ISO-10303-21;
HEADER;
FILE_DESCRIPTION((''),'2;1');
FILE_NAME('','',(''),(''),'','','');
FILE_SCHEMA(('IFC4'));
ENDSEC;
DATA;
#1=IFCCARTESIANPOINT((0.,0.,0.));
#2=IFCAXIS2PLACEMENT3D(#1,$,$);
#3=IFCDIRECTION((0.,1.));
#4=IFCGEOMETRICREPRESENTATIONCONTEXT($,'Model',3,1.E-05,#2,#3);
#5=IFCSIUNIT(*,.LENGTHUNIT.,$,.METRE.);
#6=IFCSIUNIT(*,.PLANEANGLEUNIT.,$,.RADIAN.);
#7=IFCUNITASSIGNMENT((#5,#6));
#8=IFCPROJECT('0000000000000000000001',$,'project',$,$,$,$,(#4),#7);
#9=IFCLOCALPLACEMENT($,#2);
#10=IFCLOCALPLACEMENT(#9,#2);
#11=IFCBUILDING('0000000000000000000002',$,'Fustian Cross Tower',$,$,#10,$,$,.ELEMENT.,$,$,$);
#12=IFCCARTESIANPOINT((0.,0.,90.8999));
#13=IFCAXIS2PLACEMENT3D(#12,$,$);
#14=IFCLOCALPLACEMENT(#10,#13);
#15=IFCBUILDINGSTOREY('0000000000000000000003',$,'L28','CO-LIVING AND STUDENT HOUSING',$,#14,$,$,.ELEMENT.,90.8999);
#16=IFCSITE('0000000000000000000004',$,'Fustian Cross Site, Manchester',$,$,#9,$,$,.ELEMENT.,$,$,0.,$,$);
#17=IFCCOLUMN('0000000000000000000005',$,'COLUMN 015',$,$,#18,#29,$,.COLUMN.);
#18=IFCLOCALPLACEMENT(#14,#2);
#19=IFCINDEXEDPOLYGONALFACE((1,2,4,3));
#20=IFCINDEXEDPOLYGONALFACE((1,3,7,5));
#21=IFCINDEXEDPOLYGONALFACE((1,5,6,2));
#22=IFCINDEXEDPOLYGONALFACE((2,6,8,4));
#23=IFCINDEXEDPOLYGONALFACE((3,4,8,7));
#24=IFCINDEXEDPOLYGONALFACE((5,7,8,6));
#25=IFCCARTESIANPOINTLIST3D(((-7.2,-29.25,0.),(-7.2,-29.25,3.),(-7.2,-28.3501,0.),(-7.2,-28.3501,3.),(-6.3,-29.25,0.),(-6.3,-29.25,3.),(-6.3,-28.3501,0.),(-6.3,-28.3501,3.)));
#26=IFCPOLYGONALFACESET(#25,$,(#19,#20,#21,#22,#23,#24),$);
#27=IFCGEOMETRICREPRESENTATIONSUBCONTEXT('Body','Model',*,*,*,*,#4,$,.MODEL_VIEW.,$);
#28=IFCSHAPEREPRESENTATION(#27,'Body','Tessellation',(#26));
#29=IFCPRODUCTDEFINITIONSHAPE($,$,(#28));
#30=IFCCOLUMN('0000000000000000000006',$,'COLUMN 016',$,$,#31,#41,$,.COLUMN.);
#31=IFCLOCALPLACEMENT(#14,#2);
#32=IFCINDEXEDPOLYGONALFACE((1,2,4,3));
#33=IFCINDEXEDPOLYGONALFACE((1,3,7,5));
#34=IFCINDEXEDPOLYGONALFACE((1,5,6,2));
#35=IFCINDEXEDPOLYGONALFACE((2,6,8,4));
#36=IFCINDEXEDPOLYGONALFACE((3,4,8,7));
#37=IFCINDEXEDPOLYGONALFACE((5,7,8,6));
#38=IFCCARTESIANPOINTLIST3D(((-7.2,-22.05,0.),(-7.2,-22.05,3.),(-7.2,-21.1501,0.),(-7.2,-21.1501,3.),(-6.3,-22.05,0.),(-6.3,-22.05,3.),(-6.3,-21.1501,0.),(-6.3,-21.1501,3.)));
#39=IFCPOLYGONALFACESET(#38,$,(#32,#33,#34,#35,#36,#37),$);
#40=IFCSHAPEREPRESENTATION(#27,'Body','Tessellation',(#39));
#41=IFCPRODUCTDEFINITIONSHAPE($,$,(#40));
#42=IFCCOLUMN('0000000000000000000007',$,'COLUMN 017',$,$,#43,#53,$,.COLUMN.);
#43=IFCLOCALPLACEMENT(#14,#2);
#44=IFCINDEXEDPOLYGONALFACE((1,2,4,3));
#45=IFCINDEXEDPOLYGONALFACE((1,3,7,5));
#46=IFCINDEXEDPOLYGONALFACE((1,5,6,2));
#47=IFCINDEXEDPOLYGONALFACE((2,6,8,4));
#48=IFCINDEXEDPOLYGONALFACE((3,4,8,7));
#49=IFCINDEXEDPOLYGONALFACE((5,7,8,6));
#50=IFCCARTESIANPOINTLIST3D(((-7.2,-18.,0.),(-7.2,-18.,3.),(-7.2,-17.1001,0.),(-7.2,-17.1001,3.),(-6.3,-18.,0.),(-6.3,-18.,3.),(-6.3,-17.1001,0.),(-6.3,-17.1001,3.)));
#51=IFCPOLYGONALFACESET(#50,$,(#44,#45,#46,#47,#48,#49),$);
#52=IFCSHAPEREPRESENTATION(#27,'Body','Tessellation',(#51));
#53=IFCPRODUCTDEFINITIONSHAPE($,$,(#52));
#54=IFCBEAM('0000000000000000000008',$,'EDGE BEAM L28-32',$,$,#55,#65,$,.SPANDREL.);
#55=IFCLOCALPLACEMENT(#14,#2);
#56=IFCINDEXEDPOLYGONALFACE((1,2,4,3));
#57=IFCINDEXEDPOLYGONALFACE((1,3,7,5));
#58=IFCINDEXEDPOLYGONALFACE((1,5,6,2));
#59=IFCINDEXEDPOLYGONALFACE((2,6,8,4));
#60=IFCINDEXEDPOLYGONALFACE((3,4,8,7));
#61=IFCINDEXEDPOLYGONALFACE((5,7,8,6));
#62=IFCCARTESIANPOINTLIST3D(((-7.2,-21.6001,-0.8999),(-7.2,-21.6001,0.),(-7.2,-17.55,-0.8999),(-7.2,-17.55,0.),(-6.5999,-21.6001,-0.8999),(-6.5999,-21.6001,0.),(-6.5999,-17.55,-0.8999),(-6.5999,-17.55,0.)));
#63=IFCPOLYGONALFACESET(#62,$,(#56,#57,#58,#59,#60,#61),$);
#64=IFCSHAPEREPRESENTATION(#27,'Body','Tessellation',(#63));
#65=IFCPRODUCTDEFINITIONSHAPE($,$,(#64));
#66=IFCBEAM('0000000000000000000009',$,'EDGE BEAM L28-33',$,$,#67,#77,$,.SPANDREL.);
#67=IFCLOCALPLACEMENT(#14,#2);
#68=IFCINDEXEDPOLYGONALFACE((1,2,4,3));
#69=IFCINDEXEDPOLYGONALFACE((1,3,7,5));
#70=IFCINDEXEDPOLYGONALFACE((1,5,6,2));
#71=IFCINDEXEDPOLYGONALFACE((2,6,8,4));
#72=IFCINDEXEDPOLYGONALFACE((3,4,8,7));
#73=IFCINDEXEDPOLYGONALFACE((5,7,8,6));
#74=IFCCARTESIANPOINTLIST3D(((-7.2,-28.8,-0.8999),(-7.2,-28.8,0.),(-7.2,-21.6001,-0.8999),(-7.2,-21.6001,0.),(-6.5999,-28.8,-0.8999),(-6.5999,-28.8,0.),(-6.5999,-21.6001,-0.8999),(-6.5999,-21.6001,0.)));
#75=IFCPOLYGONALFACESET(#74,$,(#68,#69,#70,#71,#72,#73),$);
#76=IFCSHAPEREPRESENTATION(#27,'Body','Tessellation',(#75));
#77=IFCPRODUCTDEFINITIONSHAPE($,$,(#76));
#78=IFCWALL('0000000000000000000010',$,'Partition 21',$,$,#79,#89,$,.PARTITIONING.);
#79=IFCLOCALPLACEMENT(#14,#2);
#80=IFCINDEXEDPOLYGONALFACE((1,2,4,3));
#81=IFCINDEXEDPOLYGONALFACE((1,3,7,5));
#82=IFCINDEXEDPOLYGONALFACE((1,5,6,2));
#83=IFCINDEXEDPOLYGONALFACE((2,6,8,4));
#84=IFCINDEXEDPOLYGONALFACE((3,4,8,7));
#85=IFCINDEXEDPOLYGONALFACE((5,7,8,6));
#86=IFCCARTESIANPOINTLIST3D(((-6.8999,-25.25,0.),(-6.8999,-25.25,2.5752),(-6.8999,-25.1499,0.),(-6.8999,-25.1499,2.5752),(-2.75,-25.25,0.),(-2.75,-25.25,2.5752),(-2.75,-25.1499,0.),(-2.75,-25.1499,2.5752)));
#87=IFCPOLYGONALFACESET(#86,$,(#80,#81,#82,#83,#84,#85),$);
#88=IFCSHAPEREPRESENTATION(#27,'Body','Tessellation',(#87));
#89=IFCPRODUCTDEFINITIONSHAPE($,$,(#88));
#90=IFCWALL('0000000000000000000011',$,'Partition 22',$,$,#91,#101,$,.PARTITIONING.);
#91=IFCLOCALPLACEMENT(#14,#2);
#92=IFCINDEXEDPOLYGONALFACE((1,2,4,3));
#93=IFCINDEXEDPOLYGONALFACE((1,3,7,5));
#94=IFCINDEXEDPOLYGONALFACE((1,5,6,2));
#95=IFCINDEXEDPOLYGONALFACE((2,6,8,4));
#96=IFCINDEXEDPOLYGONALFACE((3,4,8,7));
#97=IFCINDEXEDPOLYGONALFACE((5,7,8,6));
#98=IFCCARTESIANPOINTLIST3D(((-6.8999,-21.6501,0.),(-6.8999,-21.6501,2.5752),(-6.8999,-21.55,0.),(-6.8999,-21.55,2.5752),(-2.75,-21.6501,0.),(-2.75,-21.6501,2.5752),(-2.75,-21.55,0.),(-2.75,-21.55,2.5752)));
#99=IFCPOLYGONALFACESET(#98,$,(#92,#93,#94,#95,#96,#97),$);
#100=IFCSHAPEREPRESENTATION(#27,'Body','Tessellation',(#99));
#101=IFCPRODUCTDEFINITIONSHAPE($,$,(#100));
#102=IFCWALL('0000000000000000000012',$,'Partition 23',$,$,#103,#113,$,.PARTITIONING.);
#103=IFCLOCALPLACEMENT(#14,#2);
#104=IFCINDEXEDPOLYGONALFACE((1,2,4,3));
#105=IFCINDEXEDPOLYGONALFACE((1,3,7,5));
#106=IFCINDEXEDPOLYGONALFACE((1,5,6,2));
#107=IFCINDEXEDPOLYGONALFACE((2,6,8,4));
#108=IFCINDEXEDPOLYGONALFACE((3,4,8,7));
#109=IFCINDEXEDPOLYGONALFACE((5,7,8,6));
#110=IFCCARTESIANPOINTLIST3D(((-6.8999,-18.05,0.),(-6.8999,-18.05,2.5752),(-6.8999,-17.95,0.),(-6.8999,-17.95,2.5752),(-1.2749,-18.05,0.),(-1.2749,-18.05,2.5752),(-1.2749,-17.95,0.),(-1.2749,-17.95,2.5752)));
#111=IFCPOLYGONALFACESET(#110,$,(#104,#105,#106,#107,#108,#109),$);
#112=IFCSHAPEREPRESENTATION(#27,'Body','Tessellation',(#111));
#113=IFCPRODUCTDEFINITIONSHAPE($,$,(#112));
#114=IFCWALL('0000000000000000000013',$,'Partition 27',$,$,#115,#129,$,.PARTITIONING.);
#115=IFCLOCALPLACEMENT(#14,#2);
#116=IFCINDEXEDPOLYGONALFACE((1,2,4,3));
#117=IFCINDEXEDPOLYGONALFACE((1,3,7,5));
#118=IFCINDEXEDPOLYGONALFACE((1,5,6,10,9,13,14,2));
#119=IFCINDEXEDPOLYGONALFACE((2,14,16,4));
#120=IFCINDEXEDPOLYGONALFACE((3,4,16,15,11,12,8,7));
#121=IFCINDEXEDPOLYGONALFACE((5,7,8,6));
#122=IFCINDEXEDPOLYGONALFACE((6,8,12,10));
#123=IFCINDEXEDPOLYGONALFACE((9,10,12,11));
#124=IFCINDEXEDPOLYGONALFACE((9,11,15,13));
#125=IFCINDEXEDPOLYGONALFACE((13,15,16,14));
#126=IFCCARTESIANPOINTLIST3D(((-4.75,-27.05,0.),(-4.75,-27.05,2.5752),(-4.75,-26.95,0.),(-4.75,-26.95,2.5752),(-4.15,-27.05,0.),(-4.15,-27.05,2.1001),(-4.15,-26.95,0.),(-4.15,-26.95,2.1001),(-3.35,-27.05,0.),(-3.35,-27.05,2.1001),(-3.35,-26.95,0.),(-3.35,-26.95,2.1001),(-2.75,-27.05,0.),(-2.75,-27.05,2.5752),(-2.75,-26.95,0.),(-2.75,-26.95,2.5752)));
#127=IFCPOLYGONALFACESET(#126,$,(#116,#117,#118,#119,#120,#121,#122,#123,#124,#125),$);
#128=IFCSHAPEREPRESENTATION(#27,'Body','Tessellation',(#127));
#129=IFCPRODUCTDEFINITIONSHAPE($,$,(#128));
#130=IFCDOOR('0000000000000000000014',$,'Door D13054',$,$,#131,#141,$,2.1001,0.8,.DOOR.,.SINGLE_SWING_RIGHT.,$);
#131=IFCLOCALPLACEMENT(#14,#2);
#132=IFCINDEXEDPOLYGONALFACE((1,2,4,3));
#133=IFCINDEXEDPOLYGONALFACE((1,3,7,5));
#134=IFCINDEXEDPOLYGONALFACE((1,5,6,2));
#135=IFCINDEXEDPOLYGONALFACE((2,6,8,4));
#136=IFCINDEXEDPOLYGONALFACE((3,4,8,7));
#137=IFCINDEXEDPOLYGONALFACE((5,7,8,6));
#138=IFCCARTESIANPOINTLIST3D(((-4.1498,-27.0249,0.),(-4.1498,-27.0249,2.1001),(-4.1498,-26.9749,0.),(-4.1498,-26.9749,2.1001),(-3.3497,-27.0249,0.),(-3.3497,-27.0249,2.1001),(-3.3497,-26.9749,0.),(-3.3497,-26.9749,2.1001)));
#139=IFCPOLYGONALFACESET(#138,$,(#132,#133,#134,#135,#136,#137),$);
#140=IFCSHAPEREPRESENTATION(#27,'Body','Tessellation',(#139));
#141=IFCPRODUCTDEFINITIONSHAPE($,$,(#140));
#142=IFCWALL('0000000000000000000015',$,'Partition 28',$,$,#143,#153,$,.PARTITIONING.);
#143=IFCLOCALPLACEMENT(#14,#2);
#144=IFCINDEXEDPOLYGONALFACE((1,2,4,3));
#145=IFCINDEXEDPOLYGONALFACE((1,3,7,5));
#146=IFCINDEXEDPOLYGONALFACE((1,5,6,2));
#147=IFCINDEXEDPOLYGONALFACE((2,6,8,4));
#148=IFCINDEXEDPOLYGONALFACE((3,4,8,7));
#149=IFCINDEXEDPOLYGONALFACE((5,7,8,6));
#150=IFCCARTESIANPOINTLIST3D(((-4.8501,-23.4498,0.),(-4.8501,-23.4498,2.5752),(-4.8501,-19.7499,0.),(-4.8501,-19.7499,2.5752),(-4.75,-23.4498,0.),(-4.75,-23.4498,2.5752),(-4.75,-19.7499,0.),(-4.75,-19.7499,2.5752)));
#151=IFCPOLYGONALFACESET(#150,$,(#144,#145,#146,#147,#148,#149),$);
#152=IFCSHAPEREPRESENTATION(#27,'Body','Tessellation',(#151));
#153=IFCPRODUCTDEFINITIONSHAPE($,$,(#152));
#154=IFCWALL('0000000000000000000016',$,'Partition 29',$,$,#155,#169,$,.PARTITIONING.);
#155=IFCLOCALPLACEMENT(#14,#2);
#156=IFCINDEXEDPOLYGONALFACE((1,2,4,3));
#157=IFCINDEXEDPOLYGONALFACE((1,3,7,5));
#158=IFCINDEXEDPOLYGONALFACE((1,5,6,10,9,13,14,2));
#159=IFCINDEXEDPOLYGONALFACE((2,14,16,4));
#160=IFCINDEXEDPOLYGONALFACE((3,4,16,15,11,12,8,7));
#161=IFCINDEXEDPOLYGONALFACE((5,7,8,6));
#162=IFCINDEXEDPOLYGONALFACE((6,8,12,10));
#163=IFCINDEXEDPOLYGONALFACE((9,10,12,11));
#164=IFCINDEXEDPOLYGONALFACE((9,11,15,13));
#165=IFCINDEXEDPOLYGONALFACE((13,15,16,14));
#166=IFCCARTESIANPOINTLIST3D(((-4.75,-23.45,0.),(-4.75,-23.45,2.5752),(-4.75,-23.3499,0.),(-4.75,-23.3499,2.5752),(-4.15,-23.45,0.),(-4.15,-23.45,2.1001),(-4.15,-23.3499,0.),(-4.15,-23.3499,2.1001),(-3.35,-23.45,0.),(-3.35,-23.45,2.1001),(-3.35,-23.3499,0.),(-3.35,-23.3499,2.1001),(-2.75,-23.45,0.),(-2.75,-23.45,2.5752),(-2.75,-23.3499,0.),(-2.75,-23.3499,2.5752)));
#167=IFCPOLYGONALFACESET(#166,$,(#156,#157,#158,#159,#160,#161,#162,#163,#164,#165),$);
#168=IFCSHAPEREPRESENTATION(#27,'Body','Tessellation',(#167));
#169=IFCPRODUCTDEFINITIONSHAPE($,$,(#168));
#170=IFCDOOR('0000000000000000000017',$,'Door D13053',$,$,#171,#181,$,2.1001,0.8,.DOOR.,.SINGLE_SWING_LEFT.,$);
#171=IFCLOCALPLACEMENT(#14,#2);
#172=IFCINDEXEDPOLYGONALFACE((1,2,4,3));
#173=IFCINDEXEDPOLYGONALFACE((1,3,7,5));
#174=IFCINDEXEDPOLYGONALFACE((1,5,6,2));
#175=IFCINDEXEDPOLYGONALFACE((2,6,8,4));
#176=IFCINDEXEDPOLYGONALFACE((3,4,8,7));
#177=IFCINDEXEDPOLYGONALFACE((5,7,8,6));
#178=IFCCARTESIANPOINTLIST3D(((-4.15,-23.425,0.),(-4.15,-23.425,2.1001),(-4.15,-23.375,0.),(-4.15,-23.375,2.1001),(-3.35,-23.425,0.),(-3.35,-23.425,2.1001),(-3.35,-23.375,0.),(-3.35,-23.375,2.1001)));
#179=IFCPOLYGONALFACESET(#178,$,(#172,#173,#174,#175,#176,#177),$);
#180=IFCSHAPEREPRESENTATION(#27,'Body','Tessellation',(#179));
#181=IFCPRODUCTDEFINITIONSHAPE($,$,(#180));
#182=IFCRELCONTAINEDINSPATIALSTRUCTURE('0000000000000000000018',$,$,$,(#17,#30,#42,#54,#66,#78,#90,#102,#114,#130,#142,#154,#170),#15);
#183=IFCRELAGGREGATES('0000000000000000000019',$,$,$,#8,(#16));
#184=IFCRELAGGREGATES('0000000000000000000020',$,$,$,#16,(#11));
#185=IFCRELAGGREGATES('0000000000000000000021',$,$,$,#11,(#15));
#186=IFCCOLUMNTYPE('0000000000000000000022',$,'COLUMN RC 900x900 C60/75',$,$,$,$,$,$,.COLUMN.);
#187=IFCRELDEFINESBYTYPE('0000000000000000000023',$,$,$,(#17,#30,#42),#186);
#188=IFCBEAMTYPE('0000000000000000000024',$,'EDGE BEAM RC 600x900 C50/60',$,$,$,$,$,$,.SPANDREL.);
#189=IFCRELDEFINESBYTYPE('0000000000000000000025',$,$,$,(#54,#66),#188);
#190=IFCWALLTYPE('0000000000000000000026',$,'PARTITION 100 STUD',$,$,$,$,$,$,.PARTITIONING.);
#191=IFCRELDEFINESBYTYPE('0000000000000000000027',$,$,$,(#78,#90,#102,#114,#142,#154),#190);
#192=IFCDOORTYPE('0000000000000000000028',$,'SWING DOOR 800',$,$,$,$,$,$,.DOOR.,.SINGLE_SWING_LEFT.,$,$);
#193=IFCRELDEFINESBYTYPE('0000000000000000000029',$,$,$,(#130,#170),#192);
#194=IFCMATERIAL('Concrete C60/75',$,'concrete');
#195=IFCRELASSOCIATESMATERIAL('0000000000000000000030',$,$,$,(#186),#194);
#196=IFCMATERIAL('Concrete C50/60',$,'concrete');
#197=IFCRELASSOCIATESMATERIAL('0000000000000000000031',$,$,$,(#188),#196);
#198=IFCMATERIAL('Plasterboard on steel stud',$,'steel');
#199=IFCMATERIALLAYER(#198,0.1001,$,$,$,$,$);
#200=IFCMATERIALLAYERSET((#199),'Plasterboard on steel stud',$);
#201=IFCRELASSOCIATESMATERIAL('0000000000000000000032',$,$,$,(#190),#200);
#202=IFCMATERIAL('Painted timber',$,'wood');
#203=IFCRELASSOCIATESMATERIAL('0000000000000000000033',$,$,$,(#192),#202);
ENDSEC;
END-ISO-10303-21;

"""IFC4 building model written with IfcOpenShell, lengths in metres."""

from ifc_helpers import new_model, si_unit, direction, frame, frame_2d, origin, origin_2d, place, context, subcontext, project, spatial, rectangle, extrude, material, layer, layer_set, material_profile, profile_set, type_object, element, fill, save


model = new_model("IFC4")

# Units and contexts
model_context = context("Model", 3, precision=1e-05, world=origin(), true_north=direction((0.0, 1.0)))
body_context = subcontext(model_context, "Body", "Model", "MODEL_VIEW")
ifc_project = project(units=[si_unit("LENGTHUNIT", "METRE"), si_unit("PLANEANGLEUNIT", "RADIAN")], contexts=[model_context])

# Site, building, storey
site_placement = place(None, origin())
site = spatial("IfcSite", under=ifc_project, at=site_placement, Name="Fustian Cross Site, Manchester", CompositionType="ELEMENT", RefElevation=0.0)
building_placement = place(site_placement, origin())
building = spatial("IfcBuilding", under=site, at=building_placement, Name="Fustian Cross Tower", CompositionType="ELEMENT")
storey_placement = place(building_placement, frame((0.0, 0.0, 90.8999)))
storey = spatial("IfcBuildingStorey", under=building, at=storey_placement, Name="L28", Description="CO-LIVING AND STUDENT HOUSING", CompositionType="ELEMENT", Elevation=90.8999)

# Columns
ifc_material_1 = material(Name="Concrete C60/75", Category="concrete")
ifc_material_profile_1 = material_profile(ifc_material_1, rectangle(XDim=0.8999, YDim=0.8999, at=origin_2d()), Name="RC 900x900")
ifc_profile_set_1 = profile_set([ifc_material_profile_1], Name="Concrete C60/75")
column_type = type_object("IfcColumnType", Name="COLUMN RC 900x900 C60/75", PredefinedType="COLUMN", material=ifc_profile_set_1)
for number, where, z_axis, x_axis, name in (
    (1, (-6.75, -28.8, 0.0), (0.0, 0.0, 1.0), (1.0, 0.0, 0.0), "COLUMN 015"),
    (2, (-6.75, -21.6001, 0.0), (0.0, 0.0, 1.0), (1.0, 0.0, 0.0), "COLUMN 016"),
    (3, (-6.75, -17.55, 0.0), (0.0, 0.0, 1.0), (1.0, 0.0, 0.0), "COLUMN 017"),
):
    element("IfcColumn", number, at=place(storey_placement, frame(where, z_axis=z_axis, x_axis=x_axis)), inside=storey, type_object=column_type, Name=name, PredefinedType="COLUMN", context=body_context, shape_type="SweptSolid", body=[
        extrude(rectangle(XDim=0.8999, YDim=0.8999, at=origin_2d()), origin(), (0.0, 0.0, 1.0), 3.0),
    ])

# Beams
ifc_material_2 = material(Name="Concrete C50/60", Category="concrete")
ifc_material_profile_2 = material_profile(ifc_material_2, rectangle(XDim=0.6001, YDim=0.8999, at=origin_2d()), Name="RC 600x900")
ifc_profile_set_2 = profile_set([ifc_material_profile_2], Name="Concrete C50/60")
beam_type = type_object("IfcBeamType", Name="EDGE BEAM RC 600x900 C50/60", PredefinedType="SPANDREL", material=ifc_profile_set_2)
beam_1_placement = place(storey_placement, frame((-6.8999, -17.55, -0.45), z_axis=(0.0, -1.0, 0.0), x_axis=(1.0, 0.0, 0.0)))
element("IfcBeam", 4, at=beam_1_placement, inside=storey, type_object=beam_type, Name="EDGE BEAM L28-32", PredefinedType="SPANDREL", context=body_context, shape_type="SweptSolid", body=[
    extrude(rectangle(XDim=0.6001, YDim=0.8999, at=origin_2d()), origin(), (0.0, 0.0, 1.0), 4.05),
])
beam_2_placement = place(storey_placement, frame((-6.8999, -21.6001, -0.45), z_axis=(0.0, -1.0, 0.0), x_axis=(1.0, 0.0, 0.0)))
element("IfcBeam", 5, at=beam_2_placement, inside=storey, type_object=beam_type, Name="EDGE BEAM L28-33", PredefinedType="SPANDREL", context=body_context, shape_type="SweptSolid", body=[
    extrude(rectangle(XDim=0.6001, YDim=0.8999, at=origin_2d()), origin(), (0.0, 0.0, 1.0), 7.2),
])

# Walls
ifc_material_3 = material(Name="Plasterboard on steel stud", Category="steel")
ifc_layer_1 = layer(ifc_material_3, 0.1001)
ifc_layer_set_1 = layer_set([ifc_layer_1], Name="Plasterboard on steel stud")
wall_type_1 = type_object("IfcWallType", Name="PARTITION 100 STUD", PredefinedType="PARTITIONING", material=ifc_layer_set_1)
for number, where, z_axis, x_axis, name in (
    (6, (-6.8999, -25.2, 0.0), (0.0, 0.0, 1.0), (1.0, 0.0, 0.0), "Partition 21"),
    (7, (-6.8999, -21.6001, 0.0), (0.0, 0.0, 1.0), (1.0, 0.0, 0.0), "Partition 22"),
):
    element("IfcWall", number, at=place(storey_placement, frame(where, z_axis=z_axis, x_axis=x_axis)), inside=storey, type_object=wall_type_1, Name=name, PredefinedType="PARTITIONING", context=body_context, shape_type="SweptSolid", body=[
        extrude(rectangle(XDim=4.1499, YDim=0.1001, at=frame_2d((2.075, 0.0))), origin(), (0.0, 0.0, 1.0), 2.5752),
    ])
wall_1_placement = place(storey_placement, frame((-6.8999, -18.0, 0.0), z_axis=(0.0, 0.0, 1.0), x_axis=(1.0, 0.0, 0.0)))
element("IfcWall", 8, at=wall_1_placement, inside=storey, type_object=wall_type_1, Name="Partition 23", PredefinedType="PARTITIONING", context=body_context, shape_type="SweptSolid", body=[
    extrude(rectangle(XDim=5.625, YDim=0.1001, at=frame_2d((2.8125, 0.0))), origin(), (0.0, 0.0, 1.0), 2.5752),
])

# Wall, opening, door
wall_2_placement = place(storey_placement, frame((-4.75, -27.0, 0.0), z_axis=(0.0, 0.0, 1.0), x_axis=(1.0, 0.0, 0.0)))
wall_2 = element("IfcWall", 9, at=wall_2_placement, inside=storey, type_object=wall_type_1, Name="Partition 27", PredefinedType="PARTITIONING", context=body_context, shape_type="SweptSolid", body=[
    extrude(rectangle(XDim=2.0, YDim=0.1001, at=frame_2d((1.0, 0.0))), origin(), (0.0, 0.0, 1.0), 2.5752),
])
opening_1_placement = place(wall_2_placement, frame((0.6001, 0.0, 0.0)))
opening_1 = element("IfcOpeningElement", 10, at=opening_1_placement, cuts=wall_2, PredefinedType="OPENING", context=body_context, shape_type="SweptSolid", body=[
    extrude(rectangle(XDim=0.8, YDim=2.1001, at=frame_2d((0.3999, 1.05))), frame((0.0, 0.0601, 0.0), z_axis=(0.0, -1.0, 0.0), x_axis=(1.0, 0.0, 0.0)), (0.0, 0.0, 1.0), 0.1201),
])
ifc_material_4 = material(Name="Painted timber", Category="wood")
door_type = type_object("IfcDoorType", Name="SWING DOOR 800", OperationType="SINGLE_SWING_LEFT", PredefinedType="DOOR", material=ifc_material_4)
door_1_placement = place(opening_1_placement, frame((0.8, 0.0, 0.0), z_axis=(0.0, 0.0, 1.0), x_axis=(-1.0, 0.0, 0.0)))
door_1 = element("IfcDoor", 11, at=door_1_placement, inside=storey, type_object=door_type, Name="Door D13054", OperationType="SINGLE_SWING_RIGHT", OverallHeight=2.1001, OverallWidth=0.8, PredefinedType="DOOR", context=body_context, shape_type="SweptSolid", body=[
    extrude(rectangle(XDim=0.8, YDim=2.1001, at=frame_2d((0.3999, 1.05))), frame((0.0, 0.0249, 0.0), z_axis=(0.0, -1.0, 0.0), x_axis=(1.0, 0.0, 0.0)), (0.0, 0.0, 1.0), 0.05),
])
fill(opening_1, door_1)

# Wall
wall_3_placement = place(storey_placement, frame((-4.8, -23.45, 0.0), z_axis=(0.0, 0.0, 1.0), x_axis=(0.0, 1.0, 0.0)))
element("IfcWall", 12, at=wall_3_placement, inside=storey, type_object=wall_type_1, Name="Partition 28", PredefinedType="PARTITIONING", context=body_context, shape_type="SweptSolid", body=[
    extrude(rectangle(XDim=3.7, YDim=0.1001, at=frame_2d((1.8501, 0.0))), origin(), (0.0, 0.0, 1.0), 2.5752),
])

# Wall, opening, door
wall_4_placement = place(storey_placement, frame((-4.75, -23.3999, 0.0), z_axis=(0.0, 0.0, 1.0), x_axis=(1.0, 0.0, 0.0)))
wall_4 = element("IfcWall", 13, at=wall_4_placement, inside=storey, type_object=wall_type_1, Name="Partition 29", PredefinedType="PARTITIONING", context=body_context, shape_type="SweptSolid", body=[
    extrude(rectangle(XDim=2.0, YDim=0.1001, at=frame_2d((1.0, 0.0))), origin(), (0.0, 0.0, 1.0), 2.5752),
])
opening_2_placement = place(wall_4_placement, frame((0.6001, 0.0, 0.0)))
opening_2 = element("IfcOpeningElement", 14, at=opening_2_placement, cuts=wall_4, PredefinedType="OPENING", context=body_context, shape_type="SweptSolid", body=[
    extrude(rectangle(XDim=0.8, YDim=2.1001, at=frame_2d((0.3999, 1.05))), frame((0.0, 0.0601, 0.0), z_axis=(0.0, -1.0, 0.0), x_axis=(1.0, 0.0, 0.0)), (0.0, 0.0, 1.0), 0.1201),
])
door_2_placement = place(opening_2_placement, origin())
door_2 = element("IfcDoor", 15, at=door_2_placement, inside=storey, type_object=door_type, Name="Door D13053", OperationType="SINGLE_SWING_LEFT", OverallHeight=2.1001, OverallWidth=0.8, PredefinedType="DOOR", context=body_context, shape_type="SweptSolid", body=[
    extrude(rectangle(XDim=0.8, YDim=2.1001, at=frame_2d((0.3999, 1.05))), frame((0.0, 0.0249, 0.0), z_axis=(0.0, -1.0, 0.0), x_axis=(1.0, 0.0, 0.0)), (0.0, 0.0, 1.0), 0.05),
])
fill(opening_2, door_2)

save(model, "model.ifc")
